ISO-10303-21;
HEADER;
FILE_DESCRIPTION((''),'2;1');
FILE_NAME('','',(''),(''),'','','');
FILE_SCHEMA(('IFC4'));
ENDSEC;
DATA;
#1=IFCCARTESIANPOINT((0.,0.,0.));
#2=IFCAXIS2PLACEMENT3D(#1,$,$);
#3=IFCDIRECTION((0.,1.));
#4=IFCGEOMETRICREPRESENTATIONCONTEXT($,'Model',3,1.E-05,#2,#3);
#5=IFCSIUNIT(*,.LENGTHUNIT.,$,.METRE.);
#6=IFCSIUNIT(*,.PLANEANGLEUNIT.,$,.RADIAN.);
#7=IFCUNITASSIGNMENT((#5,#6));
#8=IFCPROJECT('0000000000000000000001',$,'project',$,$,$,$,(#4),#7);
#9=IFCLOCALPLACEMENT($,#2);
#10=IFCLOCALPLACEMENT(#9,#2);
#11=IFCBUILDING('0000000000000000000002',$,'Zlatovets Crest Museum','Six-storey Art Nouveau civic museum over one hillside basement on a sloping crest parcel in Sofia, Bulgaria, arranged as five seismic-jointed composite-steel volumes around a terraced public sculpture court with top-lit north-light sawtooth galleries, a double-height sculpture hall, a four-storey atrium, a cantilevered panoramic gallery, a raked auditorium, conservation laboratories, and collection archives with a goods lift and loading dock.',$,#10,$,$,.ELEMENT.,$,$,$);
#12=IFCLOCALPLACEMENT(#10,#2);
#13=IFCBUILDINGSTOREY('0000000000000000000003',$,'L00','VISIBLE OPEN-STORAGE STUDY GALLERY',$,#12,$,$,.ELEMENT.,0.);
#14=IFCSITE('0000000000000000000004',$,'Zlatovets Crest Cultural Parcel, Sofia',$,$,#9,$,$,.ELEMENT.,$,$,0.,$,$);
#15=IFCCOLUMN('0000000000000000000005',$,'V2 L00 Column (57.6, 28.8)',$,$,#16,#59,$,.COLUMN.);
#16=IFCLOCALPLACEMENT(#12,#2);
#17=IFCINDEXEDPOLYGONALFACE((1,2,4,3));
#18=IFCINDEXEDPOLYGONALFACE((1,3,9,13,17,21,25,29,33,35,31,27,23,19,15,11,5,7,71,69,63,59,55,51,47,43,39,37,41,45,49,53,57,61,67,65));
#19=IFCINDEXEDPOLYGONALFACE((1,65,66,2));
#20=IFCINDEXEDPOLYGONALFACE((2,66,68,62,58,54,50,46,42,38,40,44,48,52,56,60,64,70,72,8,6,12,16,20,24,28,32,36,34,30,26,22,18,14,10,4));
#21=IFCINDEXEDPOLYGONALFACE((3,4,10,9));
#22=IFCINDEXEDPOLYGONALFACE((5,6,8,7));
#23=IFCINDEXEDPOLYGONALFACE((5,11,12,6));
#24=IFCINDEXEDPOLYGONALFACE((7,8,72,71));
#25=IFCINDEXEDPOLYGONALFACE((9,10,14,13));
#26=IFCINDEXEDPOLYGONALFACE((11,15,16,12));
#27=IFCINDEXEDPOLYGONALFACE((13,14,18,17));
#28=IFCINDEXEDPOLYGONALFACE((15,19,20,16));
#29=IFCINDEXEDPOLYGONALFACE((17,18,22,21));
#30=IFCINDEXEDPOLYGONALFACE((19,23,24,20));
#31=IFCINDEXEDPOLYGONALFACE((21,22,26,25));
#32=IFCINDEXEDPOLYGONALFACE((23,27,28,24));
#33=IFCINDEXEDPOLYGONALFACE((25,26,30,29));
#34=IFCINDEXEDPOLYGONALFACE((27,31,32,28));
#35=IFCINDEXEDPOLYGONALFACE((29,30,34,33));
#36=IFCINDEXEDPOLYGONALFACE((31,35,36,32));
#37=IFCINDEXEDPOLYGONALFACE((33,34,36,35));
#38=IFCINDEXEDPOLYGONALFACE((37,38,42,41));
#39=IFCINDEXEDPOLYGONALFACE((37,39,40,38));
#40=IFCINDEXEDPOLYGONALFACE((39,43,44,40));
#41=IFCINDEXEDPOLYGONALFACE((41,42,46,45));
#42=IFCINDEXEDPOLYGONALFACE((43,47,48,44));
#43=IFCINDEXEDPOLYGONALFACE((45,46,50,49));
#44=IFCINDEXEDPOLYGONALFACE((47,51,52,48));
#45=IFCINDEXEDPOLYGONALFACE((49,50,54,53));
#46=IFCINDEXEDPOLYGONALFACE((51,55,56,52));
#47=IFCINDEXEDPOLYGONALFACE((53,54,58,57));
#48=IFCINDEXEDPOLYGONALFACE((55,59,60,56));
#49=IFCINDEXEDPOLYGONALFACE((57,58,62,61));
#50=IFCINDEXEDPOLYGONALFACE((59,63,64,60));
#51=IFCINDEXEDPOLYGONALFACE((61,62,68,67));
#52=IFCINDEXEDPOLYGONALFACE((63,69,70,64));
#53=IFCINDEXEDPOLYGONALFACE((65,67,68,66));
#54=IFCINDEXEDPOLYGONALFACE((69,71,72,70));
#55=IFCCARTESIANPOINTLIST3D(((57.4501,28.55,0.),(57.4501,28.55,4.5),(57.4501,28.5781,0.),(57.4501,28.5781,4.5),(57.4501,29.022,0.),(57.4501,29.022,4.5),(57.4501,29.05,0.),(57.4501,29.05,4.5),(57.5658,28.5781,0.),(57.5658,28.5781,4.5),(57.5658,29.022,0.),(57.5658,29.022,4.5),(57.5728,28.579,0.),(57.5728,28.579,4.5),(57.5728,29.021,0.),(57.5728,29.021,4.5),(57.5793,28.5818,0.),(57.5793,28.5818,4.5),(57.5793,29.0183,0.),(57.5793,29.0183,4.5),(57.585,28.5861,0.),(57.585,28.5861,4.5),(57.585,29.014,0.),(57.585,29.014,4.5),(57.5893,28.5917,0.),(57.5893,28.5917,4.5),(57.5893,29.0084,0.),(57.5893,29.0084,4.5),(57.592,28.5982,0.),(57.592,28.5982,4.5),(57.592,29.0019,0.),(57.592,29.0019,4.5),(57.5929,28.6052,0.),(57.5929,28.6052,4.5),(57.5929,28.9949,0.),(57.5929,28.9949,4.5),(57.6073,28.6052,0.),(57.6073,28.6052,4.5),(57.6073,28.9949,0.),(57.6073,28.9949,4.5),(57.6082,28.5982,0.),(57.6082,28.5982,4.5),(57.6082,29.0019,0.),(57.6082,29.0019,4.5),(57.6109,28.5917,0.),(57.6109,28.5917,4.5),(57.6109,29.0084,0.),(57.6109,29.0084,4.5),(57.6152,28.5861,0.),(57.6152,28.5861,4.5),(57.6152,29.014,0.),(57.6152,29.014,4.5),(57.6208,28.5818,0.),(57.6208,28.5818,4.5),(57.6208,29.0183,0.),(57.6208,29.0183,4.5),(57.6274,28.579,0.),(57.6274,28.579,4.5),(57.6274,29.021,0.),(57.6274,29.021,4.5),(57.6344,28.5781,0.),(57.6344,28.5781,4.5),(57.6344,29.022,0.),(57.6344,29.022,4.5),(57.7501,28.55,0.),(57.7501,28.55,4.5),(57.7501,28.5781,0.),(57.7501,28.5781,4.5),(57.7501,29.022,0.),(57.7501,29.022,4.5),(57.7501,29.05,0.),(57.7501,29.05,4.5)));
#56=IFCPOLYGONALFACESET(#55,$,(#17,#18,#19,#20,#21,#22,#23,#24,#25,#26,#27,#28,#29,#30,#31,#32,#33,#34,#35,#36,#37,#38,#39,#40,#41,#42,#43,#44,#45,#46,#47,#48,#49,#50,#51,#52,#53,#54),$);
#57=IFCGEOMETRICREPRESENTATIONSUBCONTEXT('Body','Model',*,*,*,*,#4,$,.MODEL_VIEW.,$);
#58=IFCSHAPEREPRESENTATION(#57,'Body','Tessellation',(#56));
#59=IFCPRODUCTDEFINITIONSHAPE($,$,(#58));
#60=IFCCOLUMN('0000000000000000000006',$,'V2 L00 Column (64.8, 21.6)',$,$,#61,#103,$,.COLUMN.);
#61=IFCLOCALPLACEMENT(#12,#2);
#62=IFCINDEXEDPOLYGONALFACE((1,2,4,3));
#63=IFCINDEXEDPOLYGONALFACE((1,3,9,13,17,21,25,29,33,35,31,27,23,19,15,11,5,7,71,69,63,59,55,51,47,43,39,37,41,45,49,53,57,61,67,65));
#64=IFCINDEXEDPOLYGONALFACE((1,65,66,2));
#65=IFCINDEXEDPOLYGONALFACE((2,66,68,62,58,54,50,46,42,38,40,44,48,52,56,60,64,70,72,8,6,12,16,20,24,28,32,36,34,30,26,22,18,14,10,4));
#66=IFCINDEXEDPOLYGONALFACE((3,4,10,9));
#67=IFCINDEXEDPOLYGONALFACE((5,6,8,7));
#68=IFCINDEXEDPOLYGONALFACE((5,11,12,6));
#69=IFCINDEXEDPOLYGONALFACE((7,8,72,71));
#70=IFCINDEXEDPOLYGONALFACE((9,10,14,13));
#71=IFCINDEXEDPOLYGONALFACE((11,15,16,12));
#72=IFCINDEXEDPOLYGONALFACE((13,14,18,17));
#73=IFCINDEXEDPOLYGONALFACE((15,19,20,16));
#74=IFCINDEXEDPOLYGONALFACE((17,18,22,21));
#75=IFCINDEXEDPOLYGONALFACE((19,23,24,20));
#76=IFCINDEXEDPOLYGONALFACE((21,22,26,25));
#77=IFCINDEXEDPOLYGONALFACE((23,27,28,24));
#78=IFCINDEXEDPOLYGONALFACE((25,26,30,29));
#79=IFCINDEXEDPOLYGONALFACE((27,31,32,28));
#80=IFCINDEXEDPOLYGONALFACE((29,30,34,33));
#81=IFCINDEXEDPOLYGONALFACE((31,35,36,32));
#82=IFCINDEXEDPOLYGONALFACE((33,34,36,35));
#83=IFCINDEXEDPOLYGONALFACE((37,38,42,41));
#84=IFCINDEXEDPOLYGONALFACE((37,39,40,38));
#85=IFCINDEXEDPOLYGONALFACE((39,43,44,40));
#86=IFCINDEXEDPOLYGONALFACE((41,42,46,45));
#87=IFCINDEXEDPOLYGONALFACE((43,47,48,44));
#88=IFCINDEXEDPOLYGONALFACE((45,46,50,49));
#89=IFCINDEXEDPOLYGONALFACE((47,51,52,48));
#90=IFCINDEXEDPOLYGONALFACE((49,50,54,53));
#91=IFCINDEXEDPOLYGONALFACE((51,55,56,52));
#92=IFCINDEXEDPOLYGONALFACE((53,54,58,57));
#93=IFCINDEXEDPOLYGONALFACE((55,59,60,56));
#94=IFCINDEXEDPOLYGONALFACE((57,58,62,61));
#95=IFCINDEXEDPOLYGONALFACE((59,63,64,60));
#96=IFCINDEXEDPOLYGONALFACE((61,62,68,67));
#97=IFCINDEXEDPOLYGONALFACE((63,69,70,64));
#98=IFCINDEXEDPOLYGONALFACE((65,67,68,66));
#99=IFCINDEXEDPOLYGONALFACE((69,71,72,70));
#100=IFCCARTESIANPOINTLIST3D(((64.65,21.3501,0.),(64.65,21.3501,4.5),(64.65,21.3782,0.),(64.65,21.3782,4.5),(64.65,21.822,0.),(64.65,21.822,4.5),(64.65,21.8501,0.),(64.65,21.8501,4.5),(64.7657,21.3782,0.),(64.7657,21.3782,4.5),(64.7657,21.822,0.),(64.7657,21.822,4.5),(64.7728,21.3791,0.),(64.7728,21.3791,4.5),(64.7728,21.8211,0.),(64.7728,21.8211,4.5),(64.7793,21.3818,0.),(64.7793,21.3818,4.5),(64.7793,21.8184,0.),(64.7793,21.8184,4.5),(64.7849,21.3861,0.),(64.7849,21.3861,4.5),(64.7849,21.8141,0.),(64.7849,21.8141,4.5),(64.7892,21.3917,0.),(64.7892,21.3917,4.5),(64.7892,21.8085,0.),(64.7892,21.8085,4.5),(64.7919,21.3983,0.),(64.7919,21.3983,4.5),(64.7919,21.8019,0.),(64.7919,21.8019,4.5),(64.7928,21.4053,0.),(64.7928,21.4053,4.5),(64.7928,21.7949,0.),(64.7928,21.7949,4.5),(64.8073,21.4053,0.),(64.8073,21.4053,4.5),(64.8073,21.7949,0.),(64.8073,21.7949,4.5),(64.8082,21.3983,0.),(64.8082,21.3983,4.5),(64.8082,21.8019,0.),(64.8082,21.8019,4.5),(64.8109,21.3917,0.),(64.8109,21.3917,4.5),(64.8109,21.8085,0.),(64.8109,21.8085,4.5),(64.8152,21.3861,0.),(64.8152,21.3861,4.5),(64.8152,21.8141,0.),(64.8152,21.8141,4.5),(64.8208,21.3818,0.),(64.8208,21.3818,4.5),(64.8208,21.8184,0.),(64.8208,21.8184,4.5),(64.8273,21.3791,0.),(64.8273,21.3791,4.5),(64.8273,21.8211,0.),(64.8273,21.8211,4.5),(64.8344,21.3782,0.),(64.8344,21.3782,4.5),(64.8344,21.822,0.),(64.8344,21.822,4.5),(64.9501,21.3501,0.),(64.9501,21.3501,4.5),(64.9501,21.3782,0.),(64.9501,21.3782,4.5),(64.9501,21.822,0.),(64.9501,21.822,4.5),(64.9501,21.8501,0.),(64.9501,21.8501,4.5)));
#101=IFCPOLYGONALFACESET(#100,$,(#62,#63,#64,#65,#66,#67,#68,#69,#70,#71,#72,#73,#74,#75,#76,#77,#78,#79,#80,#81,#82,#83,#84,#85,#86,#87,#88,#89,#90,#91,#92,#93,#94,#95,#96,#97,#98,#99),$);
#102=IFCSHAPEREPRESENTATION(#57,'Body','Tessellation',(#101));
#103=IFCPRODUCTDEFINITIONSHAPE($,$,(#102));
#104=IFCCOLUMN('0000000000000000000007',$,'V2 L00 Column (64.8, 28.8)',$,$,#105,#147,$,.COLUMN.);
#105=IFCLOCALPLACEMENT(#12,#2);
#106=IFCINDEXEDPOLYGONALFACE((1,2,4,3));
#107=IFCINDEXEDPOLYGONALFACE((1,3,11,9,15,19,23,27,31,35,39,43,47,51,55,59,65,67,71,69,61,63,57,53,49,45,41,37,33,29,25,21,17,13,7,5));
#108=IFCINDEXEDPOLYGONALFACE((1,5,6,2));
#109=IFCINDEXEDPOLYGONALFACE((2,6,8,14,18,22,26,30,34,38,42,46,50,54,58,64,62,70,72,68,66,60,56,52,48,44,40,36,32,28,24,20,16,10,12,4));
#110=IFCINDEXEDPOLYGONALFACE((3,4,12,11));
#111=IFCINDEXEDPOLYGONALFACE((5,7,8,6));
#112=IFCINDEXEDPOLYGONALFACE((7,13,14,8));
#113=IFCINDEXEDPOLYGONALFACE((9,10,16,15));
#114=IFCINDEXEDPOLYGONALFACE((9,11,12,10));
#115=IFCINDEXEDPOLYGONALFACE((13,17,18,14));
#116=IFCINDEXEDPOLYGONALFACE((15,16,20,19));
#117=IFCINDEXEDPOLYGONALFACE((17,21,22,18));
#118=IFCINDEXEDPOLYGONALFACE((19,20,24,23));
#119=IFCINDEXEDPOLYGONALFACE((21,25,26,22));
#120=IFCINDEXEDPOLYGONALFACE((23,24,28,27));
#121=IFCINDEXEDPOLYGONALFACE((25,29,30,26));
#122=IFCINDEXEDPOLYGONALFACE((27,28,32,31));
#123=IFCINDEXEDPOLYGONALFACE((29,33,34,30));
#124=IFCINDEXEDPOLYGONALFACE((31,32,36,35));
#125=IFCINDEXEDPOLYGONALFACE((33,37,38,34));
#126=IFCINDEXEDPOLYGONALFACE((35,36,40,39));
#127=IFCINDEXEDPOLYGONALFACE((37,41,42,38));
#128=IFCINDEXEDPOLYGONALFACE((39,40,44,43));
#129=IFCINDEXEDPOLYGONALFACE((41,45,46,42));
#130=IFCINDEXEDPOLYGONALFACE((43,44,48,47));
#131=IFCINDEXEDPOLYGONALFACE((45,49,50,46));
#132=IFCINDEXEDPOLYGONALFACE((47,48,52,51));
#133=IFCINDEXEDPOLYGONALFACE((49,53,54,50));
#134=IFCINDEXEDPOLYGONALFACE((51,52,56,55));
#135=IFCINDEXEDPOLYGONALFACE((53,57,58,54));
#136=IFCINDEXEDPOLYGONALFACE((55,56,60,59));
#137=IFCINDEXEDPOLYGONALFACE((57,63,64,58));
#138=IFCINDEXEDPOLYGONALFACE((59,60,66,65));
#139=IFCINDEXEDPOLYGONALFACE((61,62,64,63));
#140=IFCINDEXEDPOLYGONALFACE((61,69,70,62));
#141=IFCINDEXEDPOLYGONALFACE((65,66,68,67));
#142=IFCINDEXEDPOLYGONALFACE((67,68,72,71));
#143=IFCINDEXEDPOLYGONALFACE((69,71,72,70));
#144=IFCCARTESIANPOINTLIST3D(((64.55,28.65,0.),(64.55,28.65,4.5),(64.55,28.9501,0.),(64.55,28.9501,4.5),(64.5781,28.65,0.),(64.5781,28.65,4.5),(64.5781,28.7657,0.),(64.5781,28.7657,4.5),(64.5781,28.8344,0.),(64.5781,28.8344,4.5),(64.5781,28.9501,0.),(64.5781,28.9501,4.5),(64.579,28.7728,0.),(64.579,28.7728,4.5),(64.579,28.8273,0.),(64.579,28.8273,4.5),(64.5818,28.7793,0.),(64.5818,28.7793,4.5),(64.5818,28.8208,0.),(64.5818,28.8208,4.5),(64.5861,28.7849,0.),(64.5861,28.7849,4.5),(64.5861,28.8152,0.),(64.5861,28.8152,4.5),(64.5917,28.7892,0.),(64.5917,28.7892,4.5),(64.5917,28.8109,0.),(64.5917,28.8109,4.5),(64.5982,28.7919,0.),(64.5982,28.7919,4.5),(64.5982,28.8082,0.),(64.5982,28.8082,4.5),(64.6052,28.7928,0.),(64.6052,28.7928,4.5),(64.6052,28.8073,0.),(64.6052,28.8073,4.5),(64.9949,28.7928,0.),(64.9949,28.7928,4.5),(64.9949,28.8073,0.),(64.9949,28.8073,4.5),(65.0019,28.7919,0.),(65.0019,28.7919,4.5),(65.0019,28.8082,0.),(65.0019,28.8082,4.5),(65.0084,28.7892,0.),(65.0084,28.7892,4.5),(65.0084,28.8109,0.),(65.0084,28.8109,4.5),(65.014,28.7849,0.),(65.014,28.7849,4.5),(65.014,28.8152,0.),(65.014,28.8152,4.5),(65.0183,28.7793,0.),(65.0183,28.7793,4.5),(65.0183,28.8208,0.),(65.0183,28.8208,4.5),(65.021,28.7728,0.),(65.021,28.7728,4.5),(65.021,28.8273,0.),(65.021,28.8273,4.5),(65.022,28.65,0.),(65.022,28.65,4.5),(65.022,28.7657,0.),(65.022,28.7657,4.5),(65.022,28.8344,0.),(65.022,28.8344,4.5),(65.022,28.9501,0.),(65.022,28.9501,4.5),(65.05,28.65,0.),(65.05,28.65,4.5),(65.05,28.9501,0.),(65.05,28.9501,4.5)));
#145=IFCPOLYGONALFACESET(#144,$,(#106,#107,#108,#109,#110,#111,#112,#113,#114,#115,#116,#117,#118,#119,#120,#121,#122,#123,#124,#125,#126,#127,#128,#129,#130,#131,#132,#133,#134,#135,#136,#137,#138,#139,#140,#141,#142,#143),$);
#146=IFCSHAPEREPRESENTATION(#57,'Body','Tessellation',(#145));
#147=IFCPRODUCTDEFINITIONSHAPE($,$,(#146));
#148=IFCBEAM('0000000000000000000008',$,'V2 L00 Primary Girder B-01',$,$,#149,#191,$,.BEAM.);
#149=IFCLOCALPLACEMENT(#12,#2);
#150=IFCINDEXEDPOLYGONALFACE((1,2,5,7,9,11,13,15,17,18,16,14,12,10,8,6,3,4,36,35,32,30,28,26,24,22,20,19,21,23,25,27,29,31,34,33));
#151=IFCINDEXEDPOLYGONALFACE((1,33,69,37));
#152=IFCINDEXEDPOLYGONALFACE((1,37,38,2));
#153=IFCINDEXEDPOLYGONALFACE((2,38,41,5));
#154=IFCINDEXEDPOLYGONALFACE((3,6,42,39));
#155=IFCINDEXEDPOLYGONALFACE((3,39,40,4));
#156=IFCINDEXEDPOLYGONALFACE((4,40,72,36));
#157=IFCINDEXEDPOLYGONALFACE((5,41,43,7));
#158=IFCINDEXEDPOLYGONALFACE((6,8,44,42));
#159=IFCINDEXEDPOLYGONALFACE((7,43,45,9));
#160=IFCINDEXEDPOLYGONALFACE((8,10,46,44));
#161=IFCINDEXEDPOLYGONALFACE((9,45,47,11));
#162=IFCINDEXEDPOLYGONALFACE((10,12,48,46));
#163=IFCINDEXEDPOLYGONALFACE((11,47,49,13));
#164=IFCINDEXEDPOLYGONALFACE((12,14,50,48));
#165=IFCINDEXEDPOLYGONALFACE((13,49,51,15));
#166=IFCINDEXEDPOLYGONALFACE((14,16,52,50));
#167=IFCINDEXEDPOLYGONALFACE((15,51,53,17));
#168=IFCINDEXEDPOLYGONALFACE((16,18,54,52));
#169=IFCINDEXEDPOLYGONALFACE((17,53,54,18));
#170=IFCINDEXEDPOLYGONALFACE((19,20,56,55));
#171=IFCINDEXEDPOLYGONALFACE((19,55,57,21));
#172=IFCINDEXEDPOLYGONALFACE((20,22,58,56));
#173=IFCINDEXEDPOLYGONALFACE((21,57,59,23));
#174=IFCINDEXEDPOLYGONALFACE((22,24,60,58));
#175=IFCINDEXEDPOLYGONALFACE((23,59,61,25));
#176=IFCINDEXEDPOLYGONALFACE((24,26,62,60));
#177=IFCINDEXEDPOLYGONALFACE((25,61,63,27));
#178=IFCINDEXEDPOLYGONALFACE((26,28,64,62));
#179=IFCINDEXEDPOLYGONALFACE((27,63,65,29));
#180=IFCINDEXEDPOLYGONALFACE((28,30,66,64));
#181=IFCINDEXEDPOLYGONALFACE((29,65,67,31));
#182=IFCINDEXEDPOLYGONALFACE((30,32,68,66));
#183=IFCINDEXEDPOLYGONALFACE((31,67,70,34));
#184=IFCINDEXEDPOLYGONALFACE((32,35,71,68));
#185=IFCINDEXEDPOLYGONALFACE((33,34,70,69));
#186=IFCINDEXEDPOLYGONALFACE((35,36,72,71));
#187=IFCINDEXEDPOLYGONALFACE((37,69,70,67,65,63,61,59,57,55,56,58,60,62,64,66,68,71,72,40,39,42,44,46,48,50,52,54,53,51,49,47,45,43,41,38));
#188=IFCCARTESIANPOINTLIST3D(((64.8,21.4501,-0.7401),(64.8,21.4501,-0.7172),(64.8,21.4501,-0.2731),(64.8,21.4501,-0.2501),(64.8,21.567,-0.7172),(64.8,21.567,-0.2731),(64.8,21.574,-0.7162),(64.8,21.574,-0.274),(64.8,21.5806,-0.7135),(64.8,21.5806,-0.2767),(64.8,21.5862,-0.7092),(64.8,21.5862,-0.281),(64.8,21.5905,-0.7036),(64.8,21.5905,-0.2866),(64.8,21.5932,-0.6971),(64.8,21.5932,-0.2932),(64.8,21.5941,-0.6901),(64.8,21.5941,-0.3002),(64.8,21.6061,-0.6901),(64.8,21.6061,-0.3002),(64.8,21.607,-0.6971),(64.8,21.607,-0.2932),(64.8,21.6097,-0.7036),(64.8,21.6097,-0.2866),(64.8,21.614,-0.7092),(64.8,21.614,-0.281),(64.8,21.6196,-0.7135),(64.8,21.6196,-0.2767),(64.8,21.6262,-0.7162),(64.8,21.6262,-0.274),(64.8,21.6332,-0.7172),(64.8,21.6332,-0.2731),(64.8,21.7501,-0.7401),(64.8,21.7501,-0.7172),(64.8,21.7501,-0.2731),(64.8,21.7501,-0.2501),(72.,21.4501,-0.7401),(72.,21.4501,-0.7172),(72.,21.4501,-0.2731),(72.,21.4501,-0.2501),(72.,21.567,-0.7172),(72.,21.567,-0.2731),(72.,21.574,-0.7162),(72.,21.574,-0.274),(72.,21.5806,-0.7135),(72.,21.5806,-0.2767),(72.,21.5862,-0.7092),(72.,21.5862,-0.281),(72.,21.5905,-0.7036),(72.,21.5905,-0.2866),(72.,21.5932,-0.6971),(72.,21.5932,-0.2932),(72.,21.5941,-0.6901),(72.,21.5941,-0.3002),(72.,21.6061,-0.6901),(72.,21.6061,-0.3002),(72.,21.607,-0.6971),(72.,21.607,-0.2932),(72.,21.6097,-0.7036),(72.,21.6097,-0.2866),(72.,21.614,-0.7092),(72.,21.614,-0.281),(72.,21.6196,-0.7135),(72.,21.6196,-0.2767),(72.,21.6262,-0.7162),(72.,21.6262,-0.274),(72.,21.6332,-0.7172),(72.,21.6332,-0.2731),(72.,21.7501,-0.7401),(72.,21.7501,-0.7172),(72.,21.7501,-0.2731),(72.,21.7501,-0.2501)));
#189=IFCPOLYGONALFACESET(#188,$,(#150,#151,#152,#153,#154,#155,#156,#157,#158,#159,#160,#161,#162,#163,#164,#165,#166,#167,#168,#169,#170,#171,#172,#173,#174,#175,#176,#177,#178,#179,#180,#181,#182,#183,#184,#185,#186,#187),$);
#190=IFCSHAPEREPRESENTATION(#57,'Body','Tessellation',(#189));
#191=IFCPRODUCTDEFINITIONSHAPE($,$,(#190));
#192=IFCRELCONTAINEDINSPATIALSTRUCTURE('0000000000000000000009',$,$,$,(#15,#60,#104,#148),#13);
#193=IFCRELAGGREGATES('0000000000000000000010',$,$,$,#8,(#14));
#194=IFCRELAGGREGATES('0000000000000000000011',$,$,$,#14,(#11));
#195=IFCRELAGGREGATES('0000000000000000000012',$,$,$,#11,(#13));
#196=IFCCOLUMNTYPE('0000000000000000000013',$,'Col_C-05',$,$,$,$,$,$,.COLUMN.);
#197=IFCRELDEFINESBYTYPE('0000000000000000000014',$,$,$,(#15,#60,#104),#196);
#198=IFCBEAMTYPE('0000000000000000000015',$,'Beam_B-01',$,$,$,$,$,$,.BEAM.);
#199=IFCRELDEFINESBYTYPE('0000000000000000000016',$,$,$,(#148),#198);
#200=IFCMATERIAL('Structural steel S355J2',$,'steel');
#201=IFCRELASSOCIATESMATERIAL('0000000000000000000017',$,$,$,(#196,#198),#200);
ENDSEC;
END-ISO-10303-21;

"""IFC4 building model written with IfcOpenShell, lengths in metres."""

from ifc_helpers import new_model, si_unit, direction, frame, origin, origin_2d, place, context, subcontext, project, spatial, i_section, extrude, material, material_profile, profile_set, type_object, element, save


model = new_model("IFC4")

# Units and contexts
model_context = context("Model", 3, precision=1e-05, world=origin(), true_north=direction((0.0, 1.0)))
body_context = subcontext(model_context, "Body", "Model", "MODEL_VIEW")
ifc_project = project(units=[si_unit("LENGTHUNIT", "METRE"), si_unit("PLANEANGLEUNIT", "RADIAN")], contexts=[model_context])

# Site, building, storey
site_placement = place(None, origin())
site = spatial("IfcSite", under=ifc_project, at=site_placement, Name="Zlatovets Crest Cultural Parcel, Sofia", CompositionType="ELEMENT", RefElevation=0.0)
building_placement = place(site_placement, origin())
building = spatial("IfcBuilding", under=site, at=building_placement, Name="Zlatovets Crest Museum", Description="Six-storey Art Nouveau civic museum over one hillside basement on a sloping crest parcel in Sofia, Bulgaria, arranged as five seismic-jointed composite-steel volumes around a terraced public sculpture court with top-lit north-light sawtooth galleries, a double-height sculpture hall, a four-storey atrium, a cantilevered panoramic gallery, a raked auditorium, conservation laboratories, and collection archives with a goods lift and loading dock.", CompositionType="ELEMENT")
storey_placement = place(building_placement, origin())
storey = spatial("IfcBuildingStorey", under=building, at=storey_placement, Name="L00", Description="VISIBLE OPEN-STORAGE STUDY GALLERY", CompositionType="ELEMENT", Elevation=0.0)

# Columns
ifc_material_1 = material(Name="Structural steel S355J2", Category="steel")
ifc_material_profile_1 = material_profile(ifc_material_1, i_section(OverallWidth=0.3, OverallDepth=0.5, WebThickness=0.0144, FlangeThickness=0.0281, FilletRadius=0.0271, at=origin_2d()), Name="HEB 500")
ifc_profile_set_1 = profile_set([ifc_material_profile_1], Name="Structural steel S355J2")
column_type = type_object("IfcColumnType", Name="Col_C-05", PredefinedType="COLUMN", material=ifc_profile_set_1)
for number, where, z_axis, x_axis, name in (
    (1, (57.6001, 28.8, 0.0), (0.0, 0.0, 1.0), (1.0, 0.0, 0.0), "V2 L00 Column (57.6, 28.8)"),
    (2, (64.8, 21.6001, 0.0), (0.0, 0.0, 1.0), (1.0, 0.0, 0.0), "V2 L00 Column (64.8, 21.6)"),
    (3, (64.8, 28.8, 0.0), (0.0, 0.0, 1.0), (0.0, 1.0, 0.0), "V2 L00 Column (64.8, 28.8)"),
):
    element("IfcColumn", number, at=place(storey_placement, frame(where, z_axis=z_axis, x_axis=x_axis)), inside=storey, type_object=column_type, Name=name, PredefinedType="COLUMN", context=body_context, shape_type="SweptSolid", body=[
        extrude(i_section(OverallWidth=0.3, OverallDepth=0.5, WebThickness=0.0144, FlangeThickness=0.0281, FilletRadius=0.0271, at=origin_2d()), origin(), (0.0, 0.0, 1.0), 4.5),
    ])

# Beam
ifc_material_profile_2 = material_profile(ifc_material_1, i_section(OverallWidth=0.3, OverallDepth=0.49, WebThickness=0.012, FlangeThickness=0.0229, FilletRadius=0.0271, at=origin_2d()), Name="HEA 500")
ifc_profile_set_2 = profile_set([ifc_material_profile_2], Name="Structural steel S355J2")
beam_type_1 = type_object("IfcBeamType", Name="Beam_B-01", PredefinedType="BEAM", material=ifc_profile_set_2)
for number, where, z_axis, x_axis, name in (
    (4, (64.8, 21.6001, -0.4951), (1.0, 0.0, 0.0), (0.0, 1.0, 0.0), "V2 L00 Primary Girder B-01"),
):
    element("IfcBeam", number, at=place(storey_placement, frame(where, z_axis=z_axis, x_axis=x_axis)), inside=storey, type_object=beam_type_1, Name=name, PredefinedType="BEAM", context=body_context, shape_type="SweptSolid", body=[
        extrude(i_section(OverallWidth=0.3, OverallDepth=0.49, WebThickness=0.012, FlangeThickness=0.0229, FilletRadius=0.0271, at=origin_2d()), origin(), (0.0, 0.0, 1.0), 7.2),
    ])

save(model, "model.ifc")
